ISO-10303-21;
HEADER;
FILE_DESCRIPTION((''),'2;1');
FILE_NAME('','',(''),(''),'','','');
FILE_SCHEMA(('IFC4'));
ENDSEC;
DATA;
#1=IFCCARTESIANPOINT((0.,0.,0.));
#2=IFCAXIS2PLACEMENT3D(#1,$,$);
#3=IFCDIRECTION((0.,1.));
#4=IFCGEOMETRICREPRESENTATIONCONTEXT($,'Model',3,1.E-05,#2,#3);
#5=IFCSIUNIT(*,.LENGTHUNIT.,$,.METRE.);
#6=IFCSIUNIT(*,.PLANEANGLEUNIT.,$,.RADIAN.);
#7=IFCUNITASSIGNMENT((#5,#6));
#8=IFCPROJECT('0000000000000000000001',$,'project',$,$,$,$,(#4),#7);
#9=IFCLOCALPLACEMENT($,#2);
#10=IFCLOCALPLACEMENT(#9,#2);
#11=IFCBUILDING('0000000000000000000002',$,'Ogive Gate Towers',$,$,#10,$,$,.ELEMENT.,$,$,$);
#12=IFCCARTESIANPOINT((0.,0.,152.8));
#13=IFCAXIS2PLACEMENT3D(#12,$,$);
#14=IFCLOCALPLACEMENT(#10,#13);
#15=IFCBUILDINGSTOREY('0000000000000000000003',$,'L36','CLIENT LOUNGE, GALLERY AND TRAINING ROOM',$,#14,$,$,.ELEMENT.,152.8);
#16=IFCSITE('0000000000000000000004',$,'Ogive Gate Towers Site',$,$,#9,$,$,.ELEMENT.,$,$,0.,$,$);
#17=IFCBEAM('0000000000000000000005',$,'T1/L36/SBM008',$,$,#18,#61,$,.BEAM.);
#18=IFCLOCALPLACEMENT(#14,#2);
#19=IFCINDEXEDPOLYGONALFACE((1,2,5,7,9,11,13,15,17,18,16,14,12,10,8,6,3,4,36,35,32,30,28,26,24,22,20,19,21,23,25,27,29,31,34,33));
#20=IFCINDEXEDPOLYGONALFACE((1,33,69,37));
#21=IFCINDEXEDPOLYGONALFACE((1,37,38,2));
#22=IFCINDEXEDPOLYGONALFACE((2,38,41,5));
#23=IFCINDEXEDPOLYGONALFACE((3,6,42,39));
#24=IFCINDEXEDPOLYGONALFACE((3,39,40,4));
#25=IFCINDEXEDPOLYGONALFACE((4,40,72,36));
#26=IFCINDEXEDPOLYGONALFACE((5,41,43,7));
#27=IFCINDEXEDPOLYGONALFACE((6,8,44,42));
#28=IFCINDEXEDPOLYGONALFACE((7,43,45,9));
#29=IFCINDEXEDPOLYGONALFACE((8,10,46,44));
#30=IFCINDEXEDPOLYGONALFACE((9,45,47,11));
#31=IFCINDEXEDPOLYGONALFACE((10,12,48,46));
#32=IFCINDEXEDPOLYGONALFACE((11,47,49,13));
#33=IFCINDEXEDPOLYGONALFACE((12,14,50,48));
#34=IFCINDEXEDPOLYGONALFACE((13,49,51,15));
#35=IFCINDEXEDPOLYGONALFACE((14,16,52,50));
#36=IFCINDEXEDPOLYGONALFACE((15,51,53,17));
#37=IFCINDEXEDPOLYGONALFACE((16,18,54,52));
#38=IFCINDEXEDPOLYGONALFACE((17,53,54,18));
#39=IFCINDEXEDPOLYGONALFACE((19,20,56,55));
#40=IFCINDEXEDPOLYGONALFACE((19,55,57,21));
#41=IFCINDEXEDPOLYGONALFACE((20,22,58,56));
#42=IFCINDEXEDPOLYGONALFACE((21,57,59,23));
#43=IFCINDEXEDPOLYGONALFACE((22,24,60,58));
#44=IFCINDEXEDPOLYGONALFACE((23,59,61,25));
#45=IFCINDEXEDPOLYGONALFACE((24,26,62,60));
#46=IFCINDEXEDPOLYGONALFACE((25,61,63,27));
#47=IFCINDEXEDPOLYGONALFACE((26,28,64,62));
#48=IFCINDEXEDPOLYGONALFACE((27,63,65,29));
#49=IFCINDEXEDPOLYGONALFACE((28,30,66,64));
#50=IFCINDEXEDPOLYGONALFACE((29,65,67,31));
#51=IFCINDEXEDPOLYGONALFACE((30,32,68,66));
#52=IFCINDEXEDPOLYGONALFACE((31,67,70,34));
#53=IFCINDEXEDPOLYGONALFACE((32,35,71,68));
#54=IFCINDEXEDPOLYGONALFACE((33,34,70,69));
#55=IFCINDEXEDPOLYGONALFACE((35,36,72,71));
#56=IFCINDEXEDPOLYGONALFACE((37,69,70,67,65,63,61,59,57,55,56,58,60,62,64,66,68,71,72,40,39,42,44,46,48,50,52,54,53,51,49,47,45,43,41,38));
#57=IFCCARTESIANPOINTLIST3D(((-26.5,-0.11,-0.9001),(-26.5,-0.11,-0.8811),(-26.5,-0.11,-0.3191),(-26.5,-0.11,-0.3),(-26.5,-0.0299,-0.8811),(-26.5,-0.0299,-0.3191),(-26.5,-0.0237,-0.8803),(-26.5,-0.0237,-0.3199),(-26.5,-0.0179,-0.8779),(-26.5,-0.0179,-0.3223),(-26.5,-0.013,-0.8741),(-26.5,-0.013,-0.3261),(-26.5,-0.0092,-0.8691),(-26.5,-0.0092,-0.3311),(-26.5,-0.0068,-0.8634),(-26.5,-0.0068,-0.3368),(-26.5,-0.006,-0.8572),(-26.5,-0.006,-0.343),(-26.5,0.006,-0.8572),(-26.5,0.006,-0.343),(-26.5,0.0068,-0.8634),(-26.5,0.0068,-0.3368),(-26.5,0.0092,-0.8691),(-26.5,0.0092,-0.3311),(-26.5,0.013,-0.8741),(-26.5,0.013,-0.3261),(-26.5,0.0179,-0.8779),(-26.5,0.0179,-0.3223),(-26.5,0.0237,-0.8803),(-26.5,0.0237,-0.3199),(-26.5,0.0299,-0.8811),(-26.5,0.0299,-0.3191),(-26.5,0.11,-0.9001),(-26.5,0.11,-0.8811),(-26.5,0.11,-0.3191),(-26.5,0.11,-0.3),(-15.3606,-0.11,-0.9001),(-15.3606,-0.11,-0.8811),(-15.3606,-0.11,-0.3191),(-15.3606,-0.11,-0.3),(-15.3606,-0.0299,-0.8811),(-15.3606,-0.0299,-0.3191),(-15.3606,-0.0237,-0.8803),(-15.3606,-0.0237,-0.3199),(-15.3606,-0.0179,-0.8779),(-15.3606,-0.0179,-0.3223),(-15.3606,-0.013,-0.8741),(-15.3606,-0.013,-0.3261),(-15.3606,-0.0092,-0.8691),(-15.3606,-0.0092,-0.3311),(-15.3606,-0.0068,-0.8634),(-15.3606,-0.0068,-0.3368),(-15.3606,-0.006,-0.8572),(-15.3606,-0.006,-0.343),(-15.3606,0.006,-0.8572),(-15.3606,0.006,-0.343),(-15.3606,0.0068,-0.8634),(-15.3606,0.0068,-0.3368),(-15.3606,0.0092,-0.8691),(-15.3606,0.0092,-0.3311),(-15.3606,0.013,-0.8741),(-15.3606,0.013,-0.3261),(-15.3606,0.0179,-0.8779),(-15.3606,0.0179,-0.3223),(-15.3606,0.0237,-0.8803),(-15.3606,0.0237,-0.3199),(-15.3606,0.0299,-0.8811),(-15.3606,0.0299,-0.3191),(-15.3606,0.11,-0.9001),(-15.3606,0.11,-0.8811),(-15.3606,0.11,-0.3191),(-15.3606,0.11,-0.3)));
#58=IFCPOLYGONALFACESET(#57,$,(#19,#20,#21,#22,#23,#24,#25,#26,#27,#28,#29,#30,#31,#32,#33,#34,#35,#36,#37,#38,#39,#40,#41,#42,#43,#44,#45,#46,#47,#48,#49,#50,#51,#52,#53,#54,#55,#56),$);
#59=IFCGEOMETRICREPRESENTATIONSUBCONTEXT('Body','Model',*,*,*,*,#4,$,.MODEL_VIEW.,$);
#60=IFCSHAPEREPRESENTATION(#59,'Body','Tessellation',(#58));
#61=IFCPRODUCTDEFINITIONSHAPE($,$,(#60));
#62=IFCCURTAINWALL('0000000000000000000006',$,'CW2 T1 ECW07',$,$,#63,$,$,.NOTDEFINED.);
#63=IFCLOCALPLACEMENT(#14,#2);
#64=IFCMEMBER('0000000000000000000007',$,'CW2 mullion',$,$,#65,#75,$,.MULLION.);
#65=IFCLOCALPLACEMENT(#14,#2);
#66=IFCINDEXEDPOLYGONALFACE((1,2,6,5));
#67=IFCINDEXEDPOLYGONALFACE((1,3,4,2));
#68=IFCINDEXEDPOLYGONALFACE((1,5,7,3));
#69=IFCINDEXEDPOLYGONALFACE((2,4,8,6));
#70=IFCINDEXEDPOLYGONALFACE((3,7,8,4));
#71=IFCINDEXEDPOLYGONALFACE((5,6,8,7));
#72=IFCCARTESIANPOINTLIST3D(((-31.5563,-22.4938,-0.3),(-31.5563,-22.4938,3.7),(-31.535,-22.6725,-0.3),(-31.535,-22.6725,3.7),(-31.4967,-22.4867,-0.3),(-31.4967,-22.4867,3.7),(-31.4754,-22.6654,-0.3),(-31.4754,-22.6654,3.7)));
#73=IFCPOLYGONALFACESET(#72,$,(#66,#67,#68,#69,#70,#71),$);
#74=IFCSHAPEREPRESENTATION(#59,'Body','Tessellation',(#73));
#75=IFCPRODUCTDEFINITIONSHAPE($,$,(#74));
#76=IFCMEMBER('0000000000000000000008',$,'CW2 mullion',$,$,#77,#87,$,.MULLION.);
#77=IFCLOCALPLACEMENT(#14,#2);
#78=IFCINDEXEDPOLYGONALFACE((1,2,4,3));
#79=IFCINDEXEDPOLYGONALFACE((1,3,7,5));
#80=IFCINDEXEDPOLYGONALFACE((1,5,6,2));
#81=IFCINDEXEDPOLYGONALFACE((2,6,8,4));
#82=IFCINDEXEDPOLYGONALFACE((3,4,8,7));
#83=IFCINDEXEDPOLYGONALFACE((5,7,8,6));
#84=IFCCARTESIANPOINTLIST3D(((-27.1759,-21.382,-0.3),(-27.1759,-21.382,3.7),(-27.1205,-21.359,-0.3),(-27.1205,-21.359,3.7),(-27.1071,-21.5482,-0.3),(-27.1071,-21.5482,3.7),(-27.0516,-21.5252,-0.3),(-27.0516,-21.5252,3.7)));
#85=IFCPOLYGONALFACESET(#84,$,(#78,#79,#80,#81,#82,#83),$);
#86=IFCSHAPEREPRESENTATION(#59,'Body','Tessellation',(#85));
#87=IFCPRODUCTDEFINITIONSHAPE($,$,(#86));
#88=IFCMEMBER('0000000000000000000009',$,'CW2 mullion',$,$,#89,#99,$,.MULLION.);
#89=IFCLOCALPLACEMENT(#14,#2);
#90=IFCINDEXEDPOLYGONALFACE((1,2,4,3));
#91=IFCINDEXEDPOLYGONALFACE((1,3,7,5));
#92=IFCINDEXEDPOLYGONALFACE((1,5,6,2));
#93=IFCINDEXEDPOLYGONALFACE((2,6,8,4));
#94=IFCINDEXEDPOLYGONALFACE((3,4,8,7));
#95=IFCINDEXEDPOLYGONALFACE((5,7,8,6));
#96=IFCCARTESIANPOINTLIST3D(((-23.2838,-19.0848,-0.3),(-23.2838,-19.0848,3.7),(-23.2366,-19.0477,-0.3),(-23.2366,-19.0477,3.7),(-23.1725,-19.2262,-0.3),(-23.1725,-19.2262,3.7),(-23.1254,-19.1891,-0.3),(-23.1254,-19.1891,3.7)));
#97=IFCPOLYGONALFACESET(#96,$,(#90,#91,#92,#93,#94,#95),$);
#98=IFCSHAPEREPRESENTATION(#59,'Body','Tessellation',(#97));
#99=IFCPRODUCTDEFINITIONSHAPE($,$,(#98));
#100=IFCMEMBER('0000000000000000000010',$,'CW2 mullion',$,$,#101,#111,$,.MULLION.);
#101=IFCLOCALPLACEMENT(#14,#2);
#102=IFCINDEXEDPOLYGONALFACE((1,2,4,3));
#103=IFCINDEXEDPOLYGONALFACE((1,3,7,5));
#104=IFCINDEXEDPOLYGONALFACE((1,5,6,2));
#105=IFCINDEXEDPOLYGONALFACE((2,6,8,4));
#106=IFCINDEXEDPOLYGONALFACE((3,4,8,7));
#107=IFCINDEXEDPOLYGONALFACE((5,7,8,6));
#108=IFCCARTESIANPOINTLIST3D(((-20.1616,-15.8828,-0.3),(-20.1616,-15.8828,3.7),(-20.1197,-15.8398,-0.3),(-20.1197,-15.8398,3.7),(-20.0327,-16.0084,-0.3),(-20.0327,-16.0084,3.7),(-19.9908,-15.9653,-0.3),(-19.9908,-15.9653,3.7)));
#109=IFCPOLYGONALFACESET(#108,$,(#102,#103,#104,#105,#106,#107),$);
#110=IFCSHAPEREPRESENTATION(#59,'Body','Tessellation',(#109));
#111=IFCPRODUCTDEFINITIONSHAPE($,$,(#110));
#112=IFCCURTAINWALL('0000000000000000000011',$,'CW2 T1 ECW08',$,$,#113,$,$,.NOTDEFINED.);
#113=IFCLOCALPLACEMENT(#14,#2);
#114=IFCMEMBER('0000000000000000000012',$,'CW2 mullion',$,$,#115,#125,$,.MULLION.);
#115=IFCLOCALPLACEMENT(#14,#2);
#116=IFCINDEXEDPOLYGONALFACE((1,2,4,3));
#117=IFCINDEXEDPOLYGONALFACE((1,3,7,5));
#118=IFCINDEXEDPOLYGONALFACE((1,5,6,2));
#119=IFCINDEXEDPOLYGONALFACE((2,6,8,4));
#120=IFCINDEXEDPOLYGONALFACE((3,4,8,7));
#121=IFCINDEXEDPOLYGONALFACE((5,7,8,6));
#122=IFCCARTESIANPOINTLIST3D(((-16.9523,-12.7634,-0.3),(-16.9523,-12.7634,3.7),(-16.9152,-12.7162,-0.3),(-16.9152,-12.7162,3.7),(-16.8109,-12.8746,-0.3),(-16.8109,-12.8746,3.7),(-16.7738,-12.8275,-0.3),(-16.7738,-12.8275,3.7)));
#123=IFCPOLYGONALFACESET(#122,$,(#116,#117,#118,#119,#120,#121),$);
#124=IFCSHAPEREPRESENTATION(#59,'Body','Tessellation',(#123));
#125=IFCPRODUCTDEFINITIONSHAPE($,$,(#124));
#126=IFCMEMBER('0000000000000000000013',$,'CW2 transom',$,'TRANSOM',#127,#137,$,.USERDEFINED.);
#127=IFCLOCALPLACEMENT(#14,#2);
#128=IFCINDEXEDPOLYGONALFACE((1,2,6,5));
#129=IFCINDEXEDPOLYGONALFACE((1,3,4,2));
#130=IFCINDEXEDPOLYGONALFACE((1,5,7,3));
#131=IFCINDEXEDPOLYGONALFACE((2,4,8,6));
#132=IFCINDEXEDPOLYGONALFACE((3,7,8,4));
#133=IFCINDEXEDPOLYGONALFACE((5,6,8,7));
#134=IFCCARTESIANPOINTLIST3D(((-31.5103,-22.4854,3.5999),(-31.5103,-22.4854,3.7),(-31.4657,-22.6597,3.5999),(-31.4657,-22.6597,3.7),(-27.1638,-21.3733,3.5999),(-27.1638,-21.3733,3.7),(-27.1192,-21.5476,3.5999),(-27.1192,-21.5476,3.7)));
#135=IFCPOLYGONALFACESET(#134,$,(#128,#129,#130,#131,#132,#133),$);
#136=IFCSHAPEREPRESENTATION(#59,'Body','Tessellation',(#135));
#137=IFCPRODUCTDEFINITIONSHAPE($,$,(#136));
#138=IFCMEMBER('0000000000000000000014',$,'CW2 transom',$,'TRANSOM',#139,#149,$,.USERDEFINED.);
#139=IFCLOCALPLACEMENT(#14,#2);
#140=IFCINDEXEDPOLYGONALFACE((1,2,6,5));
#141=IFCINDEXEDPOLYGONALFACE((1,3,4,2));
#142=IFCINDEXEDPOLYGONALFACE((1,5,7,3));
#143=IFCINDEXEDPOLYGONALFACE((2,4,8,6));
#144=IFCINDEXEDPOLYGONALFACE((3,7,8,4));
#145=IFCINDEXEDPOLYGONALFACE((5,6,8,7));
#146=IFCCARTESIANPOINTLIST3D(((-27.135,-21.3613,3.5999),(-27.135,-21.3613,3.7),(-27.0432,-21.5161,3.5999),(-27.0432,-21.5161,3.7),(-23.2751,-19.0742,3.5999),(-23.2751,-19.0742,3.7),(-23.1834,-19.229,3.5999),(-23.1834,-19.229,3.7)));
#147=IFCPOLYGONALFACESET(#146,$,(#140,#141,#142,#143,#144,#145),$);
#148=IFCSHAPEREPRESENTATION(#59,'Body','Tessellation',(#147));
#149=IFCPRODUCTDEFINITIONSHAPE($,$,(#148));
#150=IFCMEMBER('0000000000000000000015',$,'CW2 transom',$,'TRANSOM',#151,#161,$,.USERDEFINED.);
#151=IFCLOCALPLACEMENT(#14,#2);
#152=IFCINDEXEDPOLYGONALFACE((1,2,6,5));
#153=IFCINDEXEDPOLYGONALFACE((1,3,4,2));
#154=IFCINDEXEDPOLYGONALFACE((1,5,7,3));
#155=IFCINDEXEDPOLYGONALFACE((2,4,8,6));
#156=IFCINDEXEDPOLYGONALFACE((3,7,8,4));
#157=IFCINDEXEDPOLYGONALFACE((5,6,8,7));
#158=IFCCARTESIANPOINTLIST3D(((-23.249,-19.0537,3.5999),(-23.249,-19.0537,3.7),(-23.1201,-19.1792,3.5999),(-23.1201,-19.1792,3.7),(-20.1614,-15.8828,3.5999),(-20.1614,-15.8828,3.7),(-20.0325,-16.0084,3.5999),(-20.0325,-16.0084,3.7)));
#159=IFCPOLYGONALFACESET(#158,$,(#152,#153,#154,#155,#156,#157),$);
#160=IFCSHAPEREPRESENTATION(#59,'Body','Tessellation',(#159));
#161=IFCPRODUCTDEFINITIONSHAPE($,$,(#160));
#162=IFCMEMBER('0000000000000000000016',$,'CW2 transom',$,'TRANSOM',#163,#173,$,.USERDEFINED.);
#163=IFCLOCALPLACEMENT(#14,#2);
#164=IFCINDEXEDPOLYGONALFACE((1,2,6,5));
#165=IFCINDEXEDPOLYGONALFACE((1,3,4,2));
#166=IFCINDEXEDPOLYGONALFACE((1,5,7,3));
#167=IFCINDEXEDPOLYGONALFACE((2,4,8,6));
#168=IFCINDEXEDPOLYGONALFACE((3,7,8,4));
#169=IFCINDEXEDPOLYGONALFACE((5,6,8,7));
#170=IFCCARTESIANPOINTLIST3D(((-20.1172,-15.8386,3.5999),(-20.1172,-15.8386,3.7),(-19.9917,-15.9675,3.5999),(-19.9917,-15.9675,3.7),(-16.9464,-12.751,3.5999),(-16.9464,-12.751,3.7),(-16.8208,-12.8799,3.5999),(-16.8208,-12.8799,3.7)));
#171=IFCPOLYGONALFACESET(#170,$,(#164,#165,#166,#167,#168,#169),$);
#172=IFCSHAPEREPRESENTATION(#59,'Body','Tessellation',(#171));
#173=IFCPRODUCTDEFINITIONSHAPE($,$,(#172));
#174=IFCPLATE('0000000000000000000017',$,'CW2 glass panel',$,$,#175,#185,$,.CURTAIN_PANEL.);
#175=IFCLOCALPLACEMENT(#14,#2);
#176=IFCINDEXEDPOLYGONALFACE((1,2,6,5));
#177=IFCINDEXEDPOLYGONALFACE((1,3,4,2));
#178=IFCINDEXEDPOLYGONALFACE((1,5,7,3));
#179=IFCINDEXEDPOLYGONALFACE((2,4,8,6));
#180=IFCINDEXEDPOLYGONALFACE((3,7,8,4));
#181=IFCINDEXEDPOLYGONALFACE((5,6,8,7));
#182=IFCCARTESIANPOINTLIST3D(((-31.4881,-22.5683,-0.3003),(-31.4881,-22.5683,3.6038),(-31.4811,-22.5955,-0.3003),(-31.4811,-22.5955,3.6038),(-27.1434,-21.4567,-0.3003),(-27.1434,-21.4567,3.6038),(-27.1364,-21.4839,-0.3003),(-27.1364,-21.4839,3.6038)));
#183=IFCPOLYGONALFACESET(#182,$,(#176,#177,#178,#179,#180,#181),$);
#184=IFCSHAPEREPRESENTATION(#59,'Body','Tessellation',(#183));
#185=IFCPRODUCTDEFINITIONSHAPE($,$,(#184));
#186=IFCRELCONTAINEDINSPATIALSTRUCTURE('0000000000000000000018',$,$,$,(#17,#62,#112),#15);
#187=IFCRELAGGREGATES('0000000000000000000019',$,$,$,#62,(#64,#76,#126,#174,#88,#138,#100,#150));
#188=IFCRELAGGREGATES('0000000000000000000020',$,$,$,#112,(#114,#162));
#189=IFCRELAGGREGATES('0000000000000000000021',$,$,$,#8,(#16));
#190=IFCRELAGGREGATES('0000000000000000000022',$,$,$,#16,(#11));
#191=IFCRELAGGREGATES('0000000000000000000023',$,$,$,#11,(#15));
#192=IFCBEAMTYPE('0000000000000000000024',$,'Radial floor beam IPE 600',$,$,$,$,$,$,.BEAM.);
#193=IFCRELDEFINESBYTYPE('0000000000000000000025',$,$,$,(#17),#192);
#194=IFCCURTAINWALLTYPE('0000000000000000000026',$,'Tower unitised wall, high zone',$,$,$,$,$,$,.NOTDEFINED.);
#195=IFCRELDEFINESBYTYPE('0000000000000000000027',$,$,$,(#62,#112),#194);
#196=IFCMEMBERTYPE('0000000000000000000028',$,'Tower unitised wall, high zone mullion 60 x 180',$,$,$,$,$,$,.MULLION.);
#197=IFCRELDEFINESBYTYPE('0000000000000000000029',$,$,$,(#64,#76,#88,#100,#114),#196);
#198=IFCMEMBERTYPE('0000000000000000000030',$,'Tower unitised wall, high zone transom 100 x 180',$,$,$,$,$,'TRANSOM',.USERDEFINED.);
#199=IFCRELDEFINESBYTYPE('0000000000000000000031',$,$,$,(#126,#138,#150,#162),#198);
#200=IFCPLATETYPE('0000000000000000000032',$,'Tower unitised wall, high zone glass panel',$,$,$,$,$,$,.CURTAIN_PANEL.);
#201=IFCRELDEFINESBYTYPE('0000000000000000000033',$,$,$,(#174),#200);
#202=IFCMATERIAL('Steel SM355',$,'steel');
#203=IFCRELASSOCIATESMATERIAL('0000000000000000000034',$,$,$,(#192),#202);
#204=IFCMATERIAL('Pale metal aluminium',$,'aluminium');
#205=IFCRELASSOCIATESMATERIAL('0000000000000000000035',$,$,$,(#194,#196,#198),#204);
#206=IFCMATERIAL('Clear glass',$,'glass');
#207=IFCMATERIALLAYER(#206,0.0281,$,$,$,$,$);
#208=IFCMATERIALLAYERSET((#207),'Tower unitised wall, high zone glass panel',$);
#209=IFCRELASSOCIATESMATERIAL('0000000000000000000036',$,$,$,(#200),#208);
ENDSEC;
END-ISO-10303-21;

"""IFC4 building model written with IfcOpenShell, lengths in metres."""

from ifc_helpers import new_model, si_unit, direction, frame, origin, origin_2d, place, context, subcontext, project, spatial, rectangle, i_section, extrude, material, layer, layer_set, material_profile, profile_set, type_object, element, aggregate, save


model = new_model("IFC4")

# Units and contexts
model_context = context("Model", 3, precision=1e-05, world=origin(), true_north=direction((0.0, 1.0)))
body_context = subcontext(model_context, "Body", "Model", "MODEL_VIEW")
ifc_project = project(units=[si_unit("LENGTHUNIT", "METRE"), si_unit("PLANEANGLEUNIT", "RADIAN")], contexts=[model_context])

# Site, building, storey
site_placement = place(None, origin())
site = spatial("IfcSite", under=ifc_project, at=site_placement, Name="Ogive Gate Towers Site", CompositionType="ELEMENT", RefElevation=0.0)
building_placement = place(site_placement, origin())
building = spatial("IfcBuilding", under=site, at=building_placement, Name="Ogive Gate Towers", CompositionType="ELEMENT")
storey_placement = place(building_placement, frame((0.0, 0.0, 152.8)))
storey = spatial("IfcBuildingStorey", under=building, at=storey_placement, Name="L36", Description="CLIENT LOUNGE, GALLERY AND TRAINING ROOM", CompositionType="ELEMENT", Elevation=152.8)

# Beam
ifc_material_1 = material(Name="Steel SM355", Category="steel")
ifc_material_profile_1 = material_profile(ifc_material_1, i_section(OverallWidth=0.22, OverallDepth=0.6001, WebThickness=0.012, FlangeThickness=0.019, FilletRadius=0.0239, at=origin_2d()), Name="IPE 600")
ifc_profile_set_1 = profile_set([ifc_material_profile_1], Name="Steel SM355")
beam_type_1 = type_object("IfcBeamType", Name="Radial floor beam IPE 600", PredefinedType="BEAM", material=ifc_profile_set_1)
beam_1_placement = place(storey_placement, frame((-26.5, 0.0, -0.6001), z_axis=(1.0, 0.0, 0.0), x_axis=(0.0, 1.0, 0.0)))
element("IfcBeam", 1, at=beam_1_placement, inside=storey, type_object=beam_type_1, Name="T1/L36/SBM008", PredefinedType="BEAM", context=body_context, shape_type="SweptSolid", body=[
    extrude(i_section(OverallWidth=0.22, OverallDepth=0.6001, WebThickness=0.012, FlangeThickness=0.019, FilletRadius=0.0239, at=origin_2d()), origin(), (0.0, 0.0, 1.0), 11.1394),
])

# Curtain wall, members
ifc_material_2 = material(Name="Pale metal aluminium", Category="aluminium")
curtain_wall_type = type_object("IfcCurtainWallType", Name="Tower unitised wall, high zone", PredefinedType="NOTDEFINED", material=ifc_material_2)
curtain_wall_1_placement = place(storey_placement, origin())
curtain_wall_1 = element("IfcCurtainWall", 2, at=curtain_wall_1_placement, inside=storey, type_object=curtain_wall_type, Name="CW2 T1 ECW07", PredefinedType="NOTDEFINED")
ifc_material_profile_2 = material_profile(ifc_material_2, rectangle(XDim=0.1799, YDim=0.0601, at=origin_2d()), Name="60 x 180 aluminium box")
ifc_profile_set_2 = profile_set([ifc_material_profile_2], Name="Pale metal aluminium")
member_type_1 = type_object("IfcMemberType", Name="Tower unitised wall, high zone mullion 60 x 180", PredefinedType="MULLION", material=ifc_profile_set_2)
member_1_placement = place(storey_placement, frame((-31.5159, -22.5796, -0.3), z_axis=(0.0, 0.0, 1.0), x_axis=(0.118317, -0.992976, 0.0)))
member_1 = element("IfcMember", 3, at=member_1_placement, type_object=member_type_1, Name="CW2 mullion", PredefinedType="MULLION", context=body_context, shape_type="SweptSolid", body=[
    extrude(rectangle(XDim=0.1799, YDim=0.0601, at=origin_2d()), origin(), (0.0, 0.0, 1.0), 4.0),
])
member_2_placement = place(storey_placement, frame((-27.1138, -21.4536, -0.3), z_axis=(0.0, 0.0, 1.0), x_axis=(0.382683, -0.92388, 0.0)))
member_2 = element("IfcMember", 4, at=member_2_placement, type_object=member_type_1, Name="CW2 mullion", PredefinedType="MULLION", context=body_context, shape_type="SweptSolid", body=[
    extrude(rectangle(XDim=0.1799, YDim=0.0601, at=origin_2d()), origin(), (0.0, 0.0, 1.0), 4.0),
])
member_3_placement = place(storey_placement, frame((-23.2046, -19.137, -0.3), z_axis=(0.0, 0.0, 1.0), x_axis=(0.618477, -0.785803, 0.0)))
member_3 = element("IfcMember", 5, at=member_3_placement, type_object=member_type_1, Name="CW2 mullion", PredefinedType="MULLION", context=body_context, shape_type="SweptSolid", body=[
    extrude(rectangle(XDim=0.1799, YDim=0.0601, at=origin_2d()), origin(), (0.0, 0.0, 1.0), 4.0),
])
member_4_placement = place(storey_placement, frame((-20.0762, -15.9241, -0.3), z_axis=(0.0, 0.0, 1.0), x_axis=(0.716436, -0.697653, 0.0)))
member_4 = element("IfcMember", 6, at=member_4_placement, type_object=member_type_1, Name="CW2 mullion", PredefinedType="MULLION", context=body_context, shape_type="SweptSolid", body=[
    extrude(rectangle(XDim=0.1799, YDim=0.0601, at=origin_2d()), origin(), (0.0, 0.0, 1.0), 4.0),
])

# Curtain wall, member
curtain_wall_2_placement = place(storey_placement, origin())
curtain_wall_2 = element("IfcCurtainWall", 7, at=curtain_wall_2_placement, inside=storey, type_object=curtain_wall_type, Name="CW2 T1 ECW08", PredefinedType="NOTDEFINED")
member_5_placement = place(storey_placement, frame((-16.863, -12.7954, -0.3), z_axis=(0.0, 0.0, 1.0), x_axis=(0.785803, -0.618477, 0.0)))
member_5 = element("IfcMember", 8, at=member_5_placement, type_object=member_type_1, Name="CW2 mullion", PredefinedType="MULLION", context=body_context, shape_type="SweptSolid", body=[
    extrude(rectangle(XDim=0.1799, YDim=0.0601, at=origin_2d()), origin(), (0.0, 0.0, 1.0), 4.0),
])

# Members
ifc_material_profile_3 = material_profile(ifc_material_2, rectangle(XDim=0.1799, YDim=0.1001, at=origin_2d()), Name="100 x 180 aluminium box")
ifc_profile_set_3 = profile_set([ifc_material_profile_3], Name="Pale metal aluminium")
member_type_2 = type_object("IfcMemberType", Name="Tower unitised wall, high zone transom 100 x 180", ElementType="TRANSOM", PredefinedType="USERDEFINED", material=ifc_profile_set_3)
member_6_placement = place(storey_placement, frame((-31.488, -22.5725, 3.6499), z_axis=(0.968796, 0.247858, 0.0), x_axis=(-0.247858, 0.968796, 0.0)))
member_6 = element("IfcMember", 9, at=member_6_placement, type_object=member_type_2, Name="CW2 transom", ObjectType="TRANSOM", PredefinedType="USERDEFINED", context=body_context, shape_type="SweptSolid", body=[
    extrude(rectangle(XDim=0.1799, YDim=0.1001, at=origin_2d()), origin(), (0.0, 0.0, 1.0), 4.4866),
])
member_7_placement = place(storey_placement, frame((-27.0891, -21.4387, 3.6499), z_axis=(0.860313, 0.509767, 0.0), x_axis=(-0.509767, 0.860313, 0.0)))
member_7 = element("IfcMember", 10, at=member_7_placement, type_object=member_type_2, Name="CW2 transom", ObjectType="TRANSOM", PredefinedType="USERDEFINED", context=body_context, shape_type="SweptSolid", body=[
    extrude(rectangle(XDim=0.1799, YDim=0.1001, at=origin_2d()), origin(), (0.0, 0.0, 1.0), 4.4866),
])
member_8_placement = place(storey_placement, frame((-23.1846, -19.1165, 3.6499), z_axis=(0.697639, 0.716449, 0.0), x_axis=(-0.716449, 0.697639, 0.0)))
member_8 = element("IfcMember", 11, at=member_8_placement, type_object=member_type_2, Name="CW2 transom", ObjectType="TRANSOM", PredefinedType="USERDEFINED", context=body_context, shape_type="SweptSolid", body=[
    extrude(rectangle(XDim=0.1799, YDim=0.1001, at=origin_2d()), origin(), (0.0, 0.0, 1.0), 4.4258),
])
member_9_placement = place(storey_placement, frame((-20.0544, -15.9031, 3.6499), z_axis=(0.716449, 0.697639, 0.0), x_axis=(-0.697639, 0.716449, 0.0)))
member_9 = element("IfcMember", 12, at=member_9_placement, type_object=member_type_2, Name="CW2 transom", ObjectType="TRANSOM", PredefinedType="USERDEFINED", context=body_context, shape_type="SweptSolid", body=[
    extrude(rectangle(XDim=0.1799, YDim=0.1001, at=origin_2d()), origin(), (0.0, 0.0, 1.0), 4.4258),
])

# Plate
ifc_material_3 = material(Name="Clear glass", Category="glass")
ifc_layer_1 = layer(ifc_material_3, 0.0281)
ifc_layer_set_1 = layer_set([ifc_layer_1], Name="Tower unitised wall, high zone glass panel")
plate_type = type_object("IfcPlateType", Name="Tower unitised wall, high zone glass panel", PredefinedType="CURTAIN_PANEL", material=ifc_layer_set_1)
plate_1_placement = place(storey_placement, frame((-29.3123, -22.0261, -0.3003), z_axis=(0.0, 0.0, 1.0), x_axis=(0.968795, 0.247861, 0.0)))
plate_1 = element("IfcPlate", 13, at=plate_1_placement, type_object=plate_type, Name="CW2 glass panel", PredefinedType="CURTAIN_PANEL", context=body_context, shape_type="SweptSolid", body=[
    extrude(rectangle(XDim=4.4846, YDim=0.0281, at=origin_2d()), origin(), (0.0, 0.0, 1.0), 3.9041),
])
aggregate(curtain_wall_1, [member_1, member_2, member_6, plate_1, member_3, member_7, member_4, member_8])
aggregate(curtain_wall_2, [member_5, member_9])

save(model, "model.ifc")
